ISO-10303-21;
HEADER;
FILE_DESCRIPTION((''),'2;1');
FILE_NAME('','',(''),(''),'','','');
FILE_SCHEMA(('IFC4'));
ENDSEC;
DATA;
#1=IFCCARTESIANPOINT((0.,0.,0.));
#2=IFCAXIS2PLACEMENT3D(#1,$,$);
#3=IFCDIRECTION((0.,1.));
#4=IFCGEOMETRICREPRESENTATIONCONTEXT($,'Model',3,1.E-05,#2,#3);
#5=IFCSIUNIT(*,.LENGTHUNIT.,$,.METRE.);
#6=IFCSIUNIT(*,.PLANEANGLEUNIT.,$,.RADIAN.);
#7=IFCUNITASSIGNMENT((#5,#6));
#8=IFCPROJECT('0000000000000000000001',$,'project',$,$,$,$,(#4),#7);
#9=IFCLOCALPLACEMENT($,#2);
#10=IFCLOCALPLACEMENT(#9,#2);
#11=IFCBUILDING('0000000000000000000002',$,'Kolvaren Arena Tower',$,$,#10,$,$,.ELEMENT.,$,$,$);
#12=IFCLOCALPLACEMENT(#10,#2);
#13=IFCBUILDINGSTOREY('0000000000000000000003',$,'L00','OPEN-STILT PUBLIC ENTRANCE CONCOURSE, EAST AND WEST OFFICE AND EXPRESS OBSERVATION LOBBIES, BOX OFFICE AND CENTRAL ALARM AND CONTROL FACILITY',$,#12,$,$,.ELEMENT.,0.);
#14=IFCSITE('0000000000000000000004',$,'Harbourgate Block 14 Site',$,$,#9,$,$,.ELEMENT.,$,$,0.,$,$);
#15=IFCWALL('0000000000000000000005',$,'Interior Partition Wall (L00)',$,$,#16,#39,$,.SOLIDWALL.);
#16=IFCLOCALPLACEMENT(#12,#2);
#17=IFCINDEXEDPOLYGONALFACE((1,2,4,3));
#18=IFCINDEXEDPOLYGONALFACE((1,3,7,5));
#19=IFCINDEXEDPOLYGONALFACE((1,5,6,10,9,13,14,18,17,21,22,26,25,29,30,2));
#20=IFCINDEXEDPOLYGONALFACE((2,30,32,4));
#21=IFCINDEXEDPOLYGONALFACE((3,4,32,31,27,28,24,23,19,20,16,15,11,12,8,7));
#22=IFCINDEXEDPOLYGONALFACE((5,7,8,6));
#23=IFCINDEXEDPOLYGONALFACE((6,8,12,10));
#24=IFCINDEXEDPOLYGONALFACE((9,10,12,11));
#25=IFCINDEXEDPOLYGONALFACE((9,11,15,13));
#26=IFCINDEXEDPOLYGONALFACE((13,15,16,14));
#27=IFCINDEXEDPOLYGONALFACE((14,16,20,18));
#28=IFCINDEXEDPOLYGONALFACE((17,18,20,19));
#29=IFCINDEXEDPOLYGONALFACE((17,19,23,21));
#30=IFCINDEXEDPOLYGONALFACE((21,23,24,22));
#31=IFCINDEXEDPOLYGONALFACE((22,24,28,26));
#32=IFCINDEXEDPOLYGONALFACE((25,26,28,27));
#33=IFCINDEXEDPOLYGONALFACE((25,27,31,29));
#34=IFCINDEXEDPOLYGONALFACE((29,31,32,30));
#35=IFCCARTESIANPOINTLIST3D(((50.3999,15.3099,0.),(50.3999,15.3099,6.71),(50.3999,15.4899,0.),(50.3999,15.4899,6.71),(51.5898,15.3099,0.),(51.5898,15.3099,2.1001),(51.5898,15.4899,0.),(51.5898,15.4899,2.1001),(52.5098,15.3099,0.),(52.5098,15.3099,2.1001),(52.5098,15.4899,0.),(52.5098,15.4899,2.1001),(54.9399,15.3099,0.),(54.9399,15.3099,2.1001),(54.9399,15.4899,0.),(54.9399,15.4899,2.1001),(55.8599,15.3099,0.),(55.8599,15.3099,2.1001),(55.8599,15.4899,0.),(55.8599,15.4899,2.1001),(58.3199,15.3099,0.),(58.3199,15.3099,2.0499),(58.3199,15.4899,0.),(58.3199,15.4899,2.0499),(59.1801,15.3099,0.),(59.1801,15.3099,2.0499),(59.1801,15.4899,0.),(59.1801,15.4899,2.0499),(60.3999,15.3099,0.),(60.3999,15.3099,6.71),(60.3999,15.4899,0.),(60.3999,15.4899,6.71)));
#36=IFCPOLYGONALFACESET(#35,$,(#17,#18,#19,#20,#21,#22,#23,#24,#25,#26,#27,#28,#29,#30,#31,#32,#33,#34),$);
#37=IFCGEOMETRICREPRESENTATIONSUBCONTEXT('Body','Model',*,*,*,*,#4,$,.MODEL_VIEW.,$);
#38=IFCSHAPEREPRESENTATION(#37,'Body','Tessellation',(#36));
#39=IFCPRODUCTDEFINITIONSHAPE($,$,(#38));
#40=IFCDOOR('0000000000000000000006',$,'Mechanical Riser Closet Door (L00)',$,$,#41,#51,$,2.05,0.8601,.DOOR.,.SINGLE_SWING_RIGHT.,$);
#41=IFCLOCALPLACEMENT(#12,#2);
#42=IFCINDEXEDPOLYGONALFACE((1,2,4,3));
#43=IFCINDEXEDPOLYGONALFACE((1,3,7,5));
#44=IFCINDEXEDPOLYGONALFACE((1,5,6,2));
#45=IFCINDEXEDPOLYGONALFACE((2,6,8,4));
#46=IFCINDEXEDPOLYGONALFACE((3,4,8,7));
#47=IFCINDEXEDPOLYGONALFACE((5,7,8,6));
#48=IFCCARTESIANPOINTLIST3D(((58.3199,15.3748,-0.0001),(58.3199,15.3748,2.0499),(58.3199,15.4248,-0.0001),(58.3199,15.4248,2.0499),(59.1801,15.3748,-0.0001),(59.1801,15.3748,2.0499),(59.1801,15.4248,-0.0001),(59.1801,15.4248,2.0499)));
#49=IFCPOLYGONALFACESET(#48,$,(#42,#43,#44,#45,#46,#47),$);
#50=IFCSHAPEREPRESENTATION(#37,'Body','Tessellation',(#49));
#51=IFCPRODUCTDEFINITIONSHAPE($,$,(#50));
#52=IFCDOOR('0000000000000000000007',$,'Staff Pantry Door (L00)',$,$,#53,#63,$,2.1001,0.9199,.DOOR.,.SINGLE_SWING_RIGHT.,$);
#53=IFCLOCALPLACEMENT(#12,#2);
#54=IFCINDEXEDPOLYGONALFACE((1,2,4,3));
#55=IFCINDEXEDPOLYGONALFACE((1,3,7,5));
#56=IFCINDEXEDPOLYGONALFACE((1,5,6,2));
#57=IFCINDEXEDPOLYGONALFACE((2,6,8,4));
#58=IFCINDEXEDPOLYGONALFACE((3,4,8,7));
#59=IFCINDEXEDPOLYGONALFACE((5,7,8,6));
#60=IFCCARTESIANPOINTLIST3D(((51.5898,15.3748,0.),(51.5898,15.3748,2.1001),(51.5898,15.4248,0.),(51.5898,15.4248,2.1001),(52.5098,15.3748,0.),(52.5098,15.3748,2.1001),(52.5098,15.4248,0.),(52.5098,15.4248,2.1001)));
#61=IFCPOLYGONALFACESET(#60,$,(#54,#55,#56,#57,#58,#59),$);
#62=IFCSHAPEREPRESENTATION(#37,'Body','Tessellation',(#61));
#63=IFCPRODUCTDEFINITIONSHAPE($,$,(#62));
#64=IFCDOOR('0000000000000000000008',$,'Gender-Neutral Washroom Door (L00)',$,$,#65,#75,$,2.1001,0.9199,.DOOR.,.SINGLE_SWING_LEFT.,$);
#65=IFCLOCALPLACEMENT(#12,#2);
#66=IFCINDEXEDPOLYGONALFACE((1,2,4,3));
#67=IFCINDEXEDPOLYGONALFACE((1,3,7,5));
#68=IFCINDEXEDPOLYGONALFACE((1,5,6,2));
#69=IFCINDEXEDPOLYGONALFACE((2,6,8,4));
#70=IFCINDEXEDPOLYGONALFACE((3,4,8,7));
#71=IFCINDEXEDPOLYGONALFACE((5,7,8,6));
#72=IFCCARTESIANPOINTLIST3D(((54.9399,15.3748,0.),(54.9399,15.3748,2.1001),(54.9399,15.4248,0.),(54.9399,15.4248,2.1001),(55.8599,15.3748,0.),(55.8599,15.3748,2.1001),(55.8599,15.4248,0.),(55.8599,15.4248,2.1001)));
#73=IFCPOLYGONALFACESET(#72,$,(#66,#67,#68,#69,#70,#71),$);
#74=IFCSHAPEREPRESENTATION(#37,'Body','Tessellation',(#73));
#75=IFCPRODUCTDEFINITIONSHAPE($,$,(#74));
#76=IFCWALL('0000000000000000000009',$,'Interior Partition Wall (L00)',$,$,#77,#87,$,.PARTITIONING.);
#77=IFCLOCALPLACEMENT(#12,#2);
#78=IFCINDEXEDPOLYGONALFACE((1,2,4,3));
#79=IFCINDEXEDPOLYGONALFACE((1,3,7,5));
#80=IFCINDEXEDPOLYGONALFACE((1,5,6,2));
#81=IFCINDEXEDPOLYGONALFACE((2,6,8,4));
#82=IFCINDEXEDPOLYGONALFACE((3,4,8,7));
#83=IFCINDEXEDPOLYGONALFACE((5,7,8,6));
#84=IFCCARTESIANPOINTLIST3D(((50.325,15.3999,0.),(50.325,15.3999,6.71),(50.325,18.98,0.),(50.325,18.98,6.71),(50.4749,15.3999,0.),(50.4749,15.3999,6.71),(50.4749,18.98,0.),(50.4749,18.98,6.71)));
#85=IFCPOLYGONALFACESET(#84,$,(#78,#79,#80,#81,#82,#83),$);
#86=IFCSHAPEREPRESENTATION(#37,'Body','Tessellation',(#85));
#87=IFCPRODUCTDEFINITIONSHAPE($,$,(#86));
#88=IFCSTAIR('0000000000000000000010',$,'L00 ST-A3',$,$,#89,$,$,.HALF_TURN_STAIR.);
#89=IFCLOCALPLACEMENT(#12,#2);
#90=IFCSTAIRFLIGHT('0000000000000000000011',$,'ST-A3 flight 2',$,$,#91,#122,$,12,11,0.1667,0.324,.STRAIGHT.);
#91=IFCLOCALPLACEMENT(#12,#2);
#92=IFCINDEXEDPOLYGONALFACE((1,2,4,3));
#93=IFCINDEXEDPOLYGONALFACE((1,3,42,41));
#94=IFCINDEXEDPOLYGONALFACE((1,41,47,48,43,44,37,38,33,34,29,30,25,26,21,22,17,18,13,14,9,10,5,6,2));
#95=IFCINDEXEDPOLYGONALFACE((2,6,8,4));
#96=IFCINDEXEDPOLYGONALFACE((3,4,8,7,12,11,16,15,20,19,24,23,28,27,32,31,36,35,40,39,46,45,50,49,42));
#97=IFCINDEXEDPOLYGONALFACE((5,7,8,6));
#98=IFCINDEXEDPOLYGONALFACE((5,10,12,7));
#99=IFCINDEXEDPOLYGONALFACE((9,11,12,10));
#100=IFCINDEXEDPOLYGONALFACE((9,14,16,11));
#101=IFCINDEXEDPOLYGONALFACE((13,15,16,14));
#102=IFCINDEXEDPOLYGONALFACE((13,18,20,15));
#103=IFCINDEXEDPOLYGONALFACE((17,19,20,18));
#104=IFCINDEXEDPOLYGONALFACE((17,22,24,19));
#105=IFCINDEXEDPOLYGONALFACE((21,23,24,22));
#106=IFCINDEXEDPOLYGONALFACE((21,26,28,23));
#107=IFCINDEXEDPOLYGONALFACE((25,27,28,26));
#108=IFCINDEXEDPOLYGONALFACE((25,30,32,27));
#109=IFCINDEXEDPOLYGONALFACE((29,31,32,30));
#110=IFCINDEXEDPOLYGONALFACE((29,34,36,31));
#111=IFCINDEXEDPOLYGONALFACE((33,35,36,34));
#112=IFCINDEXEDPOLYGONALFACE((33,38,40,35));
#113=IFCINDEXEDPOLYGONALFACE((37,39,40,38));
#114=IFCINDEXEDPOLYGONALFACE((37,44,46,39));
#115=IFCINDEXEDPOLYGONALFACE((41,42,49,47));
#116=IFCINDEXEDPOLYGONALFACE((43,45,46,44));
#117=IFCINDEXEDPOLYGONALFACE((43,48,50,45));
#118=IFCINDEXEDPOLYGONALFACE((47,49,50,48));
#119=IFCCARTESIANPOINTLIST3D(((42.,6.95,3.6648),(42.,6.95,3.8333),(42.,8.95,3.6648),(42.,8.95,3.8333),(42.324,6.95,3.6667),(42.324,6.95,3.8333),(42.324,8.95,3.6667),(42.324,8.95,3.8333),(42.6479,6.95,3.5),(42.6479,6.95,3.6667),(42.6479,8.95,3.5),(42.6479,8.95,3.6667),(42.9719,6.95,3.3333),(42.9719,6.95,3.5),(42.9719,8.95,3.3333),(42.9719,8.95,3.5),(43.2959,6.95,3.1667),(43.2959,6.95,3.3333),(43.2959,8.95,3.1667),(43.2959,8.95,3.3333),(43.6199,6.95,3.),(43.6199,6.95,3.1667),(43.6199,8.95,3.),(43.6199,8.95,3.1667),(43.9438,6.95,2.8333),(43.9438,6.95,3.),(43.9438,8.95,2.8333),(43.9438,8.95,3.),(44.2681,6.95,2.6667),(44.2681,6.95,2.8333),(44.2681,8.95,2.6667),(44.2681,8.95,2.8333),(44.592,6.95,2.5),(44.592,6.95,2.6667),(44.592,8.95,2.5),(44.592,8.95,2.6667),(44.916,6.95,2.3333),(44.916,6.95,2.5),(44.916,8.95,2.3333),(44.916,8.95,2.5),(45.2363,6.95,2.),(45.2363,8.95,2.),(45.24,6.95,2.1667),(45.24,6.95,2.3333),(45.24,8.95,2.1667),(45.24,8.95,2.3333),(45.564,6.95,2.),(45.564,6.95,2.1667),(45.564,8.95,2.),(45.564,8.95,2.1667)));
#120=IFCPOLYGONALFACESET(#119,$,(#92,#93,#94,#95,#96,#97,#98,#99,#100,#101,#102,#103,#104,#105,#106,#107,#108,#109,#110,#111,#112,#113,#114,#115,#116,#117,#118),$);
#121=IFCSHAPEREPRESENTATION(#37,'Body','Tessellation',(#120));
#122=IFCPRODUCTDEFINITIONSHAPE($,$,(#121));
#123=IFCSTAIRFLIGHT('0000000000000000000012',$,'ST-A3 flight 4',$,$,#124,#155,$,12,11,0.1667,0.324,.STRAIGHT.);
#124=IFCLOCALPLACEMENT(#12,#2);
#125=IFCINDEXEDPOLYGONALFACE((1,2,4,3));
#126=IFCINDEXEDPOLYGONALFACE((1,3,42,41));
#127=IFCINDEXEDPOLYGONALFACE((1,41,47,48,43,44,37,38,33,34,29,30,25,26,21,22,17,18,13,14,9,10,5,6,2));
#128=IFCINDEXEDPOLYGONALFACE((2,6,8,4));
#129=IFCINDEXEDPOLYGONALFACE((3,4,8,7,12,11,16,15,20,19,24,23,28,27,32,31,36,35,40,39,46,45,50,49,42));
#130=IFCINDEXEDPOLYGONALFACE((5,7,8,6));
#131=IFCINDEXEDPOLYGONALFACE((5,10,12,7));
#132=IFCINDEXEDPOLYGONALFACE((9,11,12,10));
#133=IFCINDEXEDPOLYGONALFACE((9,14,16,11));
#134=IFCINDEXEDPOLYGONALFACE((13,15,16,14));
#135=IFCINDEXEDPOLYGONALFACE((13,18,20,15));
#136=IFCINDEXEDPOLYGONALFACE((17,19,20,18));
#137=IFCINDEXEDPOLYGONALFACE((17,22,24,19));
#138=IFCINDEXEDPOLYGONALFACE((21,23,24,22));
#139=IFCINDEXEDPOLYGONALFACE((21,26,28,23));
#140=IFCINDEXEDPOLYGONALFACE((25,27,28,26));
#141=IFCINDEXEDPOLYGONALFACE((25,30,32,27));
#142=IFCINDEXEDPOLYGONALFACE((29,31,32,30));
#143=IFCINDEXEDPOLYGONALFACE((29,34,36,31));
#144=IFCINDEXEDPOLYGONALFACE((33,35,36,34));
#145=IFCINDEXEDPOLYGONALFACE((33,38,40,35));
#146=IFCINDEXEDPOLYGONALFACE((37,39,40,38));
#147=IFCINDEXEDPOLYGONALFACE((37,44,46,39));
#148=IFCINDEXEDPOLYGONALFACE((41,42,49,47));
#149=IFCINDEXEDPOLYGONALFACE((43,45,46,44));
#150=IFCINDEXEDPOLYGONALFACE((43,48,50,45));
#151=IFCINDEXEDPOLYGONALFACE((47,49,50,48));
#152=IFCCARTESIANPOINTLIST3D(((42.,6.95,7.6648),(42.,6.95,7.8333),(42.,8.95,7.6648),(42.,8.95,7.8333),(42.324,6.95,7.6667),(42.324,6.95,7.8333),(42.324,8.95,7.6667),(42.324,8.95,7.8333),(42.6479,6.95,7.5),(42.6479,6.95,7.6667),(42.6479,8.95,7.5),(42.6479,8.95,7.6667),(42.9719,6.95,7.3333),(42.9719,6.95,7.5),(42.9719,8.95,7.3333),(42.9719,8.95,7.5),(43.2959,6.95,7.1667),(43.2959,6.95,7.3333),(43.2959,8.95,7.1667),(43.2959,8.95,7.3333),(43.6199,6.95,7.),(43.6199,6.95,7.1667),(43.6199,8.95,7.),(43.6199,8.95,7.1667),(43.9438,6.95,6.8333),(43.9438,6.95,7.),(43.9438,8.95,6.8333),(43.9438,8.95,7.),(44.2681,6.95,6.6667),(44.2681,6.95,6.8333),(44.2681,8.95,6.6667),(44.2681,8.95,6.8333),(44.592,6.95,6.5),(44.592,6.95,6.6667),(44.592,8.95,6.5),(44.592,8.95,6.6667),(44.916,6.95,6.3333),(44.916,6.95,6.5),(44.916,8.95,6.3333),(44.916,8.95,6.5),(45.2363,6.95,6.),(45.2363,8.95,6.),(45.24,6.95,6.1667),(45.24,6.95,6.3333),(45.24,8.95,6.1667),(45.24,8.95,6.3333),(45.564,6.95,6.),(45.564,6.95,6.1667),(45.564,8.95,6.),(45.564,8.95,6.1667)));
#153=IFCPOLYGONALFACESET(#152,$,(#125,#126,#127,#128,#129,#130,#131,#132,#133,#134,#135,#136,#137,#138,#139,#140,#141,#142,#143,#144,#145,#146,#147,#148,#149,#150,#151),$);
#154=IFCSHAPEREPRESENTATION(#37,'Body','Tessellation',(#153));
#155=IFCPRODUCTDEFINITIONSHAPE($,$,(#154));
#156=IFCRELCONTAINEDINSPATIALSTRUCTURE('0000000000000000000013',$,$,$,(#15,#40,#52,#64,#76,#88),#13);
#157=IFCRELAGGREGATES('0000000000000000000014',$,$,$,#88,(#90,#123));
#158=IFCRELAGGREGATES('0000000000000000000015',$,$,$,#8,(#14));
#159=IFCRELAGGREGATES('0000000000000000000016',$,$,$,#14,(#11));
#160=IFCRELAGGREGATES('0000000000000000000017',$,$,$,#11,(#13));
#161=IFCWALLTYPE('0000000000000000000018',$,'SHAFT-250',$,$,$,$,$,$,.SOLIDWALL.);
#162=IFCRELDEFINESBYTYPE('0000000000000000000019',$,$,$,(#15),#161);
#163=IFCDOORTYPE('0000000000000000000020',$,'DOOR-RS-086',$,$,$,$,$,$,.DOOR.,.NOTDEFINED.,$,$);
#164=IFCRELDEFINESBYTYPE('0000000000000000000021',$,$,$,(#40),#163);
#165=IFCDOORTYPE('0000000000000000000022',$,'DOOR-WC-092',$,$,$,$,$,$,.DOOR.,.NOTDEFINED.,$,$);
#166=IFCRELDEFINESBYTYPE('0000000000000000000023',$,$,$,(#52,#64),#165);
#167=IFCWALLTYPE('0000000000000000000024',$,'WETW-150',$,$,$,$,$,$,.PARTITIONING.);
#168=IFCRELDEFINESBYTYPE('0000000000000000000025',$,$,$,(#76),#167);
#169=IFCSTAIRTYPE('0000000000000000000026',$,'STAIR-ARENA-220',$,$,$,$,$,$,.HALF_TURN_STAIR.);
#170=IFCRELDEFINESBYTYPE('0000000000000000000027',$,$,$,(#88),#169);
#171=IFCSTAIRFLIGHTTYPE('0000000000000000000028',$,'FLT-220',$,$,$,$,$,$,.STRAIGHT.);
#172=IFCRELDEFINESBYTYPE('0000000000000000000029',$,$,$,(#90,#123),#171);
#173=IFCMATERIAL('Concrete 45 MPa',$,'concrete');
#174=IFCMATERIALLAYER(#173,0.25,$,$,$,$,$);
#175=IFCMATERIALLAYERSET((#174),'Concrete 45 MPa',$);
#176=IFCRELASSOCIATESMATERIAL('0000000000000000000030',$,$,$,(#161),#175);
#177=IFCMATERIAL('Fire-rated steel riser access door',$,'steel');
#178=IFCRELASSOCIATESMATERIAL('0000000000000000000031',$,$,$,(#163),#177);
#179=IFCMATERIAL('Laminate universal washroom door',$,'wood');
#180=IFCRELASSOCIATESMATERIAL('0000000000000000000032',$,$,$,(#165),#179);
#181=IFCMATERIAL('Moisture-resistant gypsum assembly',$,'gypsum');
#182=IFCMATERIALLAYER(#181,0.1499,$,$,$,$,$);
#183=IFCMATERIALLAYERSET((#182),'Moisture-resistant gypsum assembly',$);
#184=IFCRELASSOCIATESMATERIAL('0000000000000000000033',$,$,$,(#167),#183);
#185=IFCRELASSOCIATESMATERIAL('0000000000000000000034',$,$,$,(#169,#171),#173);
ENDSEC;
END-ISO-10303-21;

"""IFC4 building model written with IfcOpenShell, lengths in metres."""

from ifc_helpers import new_model, si_unit, direction, frame, frame_2d, origin, place, context, subcontext, project, spatial, polyline, rectangle, outline, extrude, material, layer, layer_set, type_object, element, fill, aggregate, save


model = new_model("IFC4")

# Units and contexts
model_context = context("Model", 3, precision=1e-05, world=origin(), true_north=direction((0.0, 1.0)))
body_context = subcontext(model_context, "Body", "Model", "MODEL_VIEW")
ifc_project = project(units=[si_unit("LENGTHUNIT", "METRE"), si_unit("PLANEANGLEUNIT", "RADIAN")], contexts=[model_context])

# Site, building, storey
site_placement = place(None, origin())
site = spatial("IfcSite", under=ifc_project, at=site_placement, Name="Harbourgate Block 14 Site", CompositionType="ELEMENT", RefElevation=0.0)
building_placement = place(site_placement, origin())
building = spatial("IfcBuilding", under=site, at=building_placement, Name="Kolvaren Arena Tower", CompositionType="ELEMENT")
storey_placement = place(building_placement, origin())
storey = spatial("IfcBuildingStorey", under=building, at=storey_placement, Name="L00", Description="OPEN-STILT PUBLIC ENTRANCE CONCOURSE, EAST AND WEST OFFICE AND EXPRESS OBSERVATION LOBBIES, BOX OFFICE AND CENTRAL ALARM AND CONTROL FACILITY", CompositionType="ELEMENT", Elevation=0.0)

# Shared definitions
ifc_material_1 = material(Name="Concrete 45 MPa", Category="concrete")
ifc_layer_1 = layer(ifc_material_1, 0.25)
ifc_layer_set_1 = layer_set([ifc_layer_1], Name="Concrete 45 MPa")
wall_type_1 = type_object("IfcWallType", Name="SHAFT-250", PredefinedType="SOLIDWALL", material=ifc_layer_set_1)

# Wall, openings, doors
wall_1_placement = place(storey_placement, frame((50.3999, 15.3999, 0.0), z_axis=(0.0, 0.0, 1.0), x_axis=(1.0, 0.0, 0.0)))
wall_1 = element("IfcWall", 1, at=wall_1_placement, inside=storey, type_object=wall_type_1, Name="Interior Partition Wall (L00)", PredefinedType="SOLIDWALL", context=body_context, shape_type="SweptSolid", body=[
    extrude(rectangle(XDim=10.0, YDim=0.1799, at=frame_2d((5.0, 0.0))), origin(), (0.0, 0.0, 1.0), 6.71),
])
opening_1_placement = place(wall_1_placement, frame((1.1899, 0.0, 0.0)))
opening_1 = element("IfcOpeningElement", 2, at=opening_1_placement, cuts=wall_1, PredefinedType="OPENING", context=body_context, shape_type="SweptSolid", body=[
    extrude(rectangle(XDim=0.9199, YDim=2.1001, at=frame_2d((0.46, 1.05))), frame((0.0, 0.0999, 0.0), z_axis=(0.0, -1.0, 0.0), x_axis=(1.0, 0.0, 0.0)), (0.0, 0.0, 1.0), 0.2),
])
opening_2_placement = place(wall_1_placement, frame((4.54, 0.0, 0.0)))
opening_2 = element("IfcOpeningElement", 3, at=opening_2_placement, cuts=wall_1, PredefinedType="OPENING", context=body_context, shape_type="SweptSolid", body=[
    extrude(rectangle(XDim=0.9199, YDim=2.1001, at=frame_2d((0.46, 1.05))), frame((0.0, 0.0999, 0.0), z_axis=(0.0, -1.0, 0.0), x_axis=(1.0, 0.0, 0.0)), (0.0, 0.0, 1.0), 0.2),
])
opening_3_placement = place(wall_1_placement, frame((7.9199, 0.0, 0.0)))
opening_3 = element("IfcOpeningElement", 4, at=opening_3_placement, cuts=wall_1, PredefinedType="OPENING", context=body_context, shape_type="SweptSolid", body=[
    extrude(rectangle(XDim=0.8601, YDim=2.05, at=frame_2d((0.4302, 1.0249))), frame((0.0, 0.0999, 0.0), z_axis=(0.0, -1.0, 0.0), x_axis=(1.0, 0.0, 0.0)), (0.0, 0.0, 1.0), 0.2),
])
ifc_material_2 = material(Name="Fire-rated steel riser access door", Category="steel")
door_type_1 = type_object("IfcDoorType", Name="DOOR-RS-086", OperationType="NOTDEFINED", PredefinedType="DOOR", material=ifc_material_2)
door_1_placement = place(opening_3_placement, origin())
door_1 = element("IfcDoor", 5, at=door_1_placement, inside=storey, type_object=door_type_1, Name="Mechanical Riser Closet Door (L00)", OperationType="SINGLE_SWING_RIGHT", OverallHeight=2.05, OverallWidth=0.8601, PredefinedType="DOOR", context=body_context, shape_type="SweptSolid", body=[
    extrude(rectangle(XDim=0.8601, YDim=2.05, at=frame_2d((0.4302, 1.0249))), frame((0.0, 0.0249, 0.0), z_axis=(0.0, -1.0, 0.0), x_axis=(1.0, 0.0, 0.0)), (0.0, 0.0, 1.0), 0.05),
])
fill(opening_3, door_1)
ifc_material_3 = material(Name="Laminate universal washroom door", Category="wood")
door_type_2 = type_object("IfcDoorType", Name="DOOR-WC-092", OperationType="NOTDEFINED", PredefinedType="DOOR", material=ifc_material_3)
door_2_placement = place(opening_1_placement, origin())
door_2 = element("IfcDoor", 6, at=door_2_placement, inside=storey, type_object=door_type_2, Name="Staff Pantry Door (L00)", OperationType="SINGLE_SWING_RIGHT", OverallHeight=2.1001, OverallWidth=0.9199, PredefinedType="DOOR", context=body_context, shape_type="SweptSolid", body=[
    extrude(rectangle(XDim=0.9199, YDim=2.1001, at=frame_2d((0.46, 1.05))), frame((0.0, 0.0249, 0.0), z_axis=(0.0, -1.0, 0.0), x_axis=(1.0, 0.0, 0.0)), (0.0, 0.0, 1.0), 0.05),
])
fill(opening_1, door_2)
door_3_placement = place(opening_2_placement, origin())
door_3 = element("IfcDoor", 7, at=door_3_placement, inside=storey, type_object=door_type_2, Name="Gender-Neutral Washroom Door (L00)", OperationType="SINGLE_SWING_LEFT", OverallHeight=2.1001, OverallWidth=0.9199, PredefinedType="DOOR", context=body_context, shape_type="SweptSolid", body=[
    extrude(rectangle(XDim=0.9199, YDim=2.1001, at=frame_2d((0.46, 1.05))), frame((0.0, 0.0249, 0.0), z_axis=(0.0, -1.0, 0.0), x_axis=(1.0, 0.0, 0.0)), (0.0, 0.0, 1.0), 0.05),
])
fill(opening_2, door_3)

# Wall
ifc_material_4 = material(Name="Moisture-resistant gypsum assembly", Category="gypsum")
ifc_layer_2 = layer(ifc_material_4, 0.1499)
ifc_layer_set_2 = layer_set([ifc_layer_2], Name="Moisture-resistant gypsum assembly")
wall_type_2 = type_object("IfcWallType", Name="WETW-150", PredefinedType="PARTITIONING", material=ifc_layer_set_2)
wall_2_placement = place(storey_placement, frame((50.3999, 15.3999, 0.0), z_axis=(0.0, 0.0, 1.0), x_axis=(0.0, 1.0, 0.0)))
element("IfcWall", 8, at=wall_2_placement, inside=storey, type_object=wall_type_2, Name="Interior Partition Wall (L00)", PredefinedType="PARTITIONING", context=body_context, shape_type="SweptSolid", body=[
    extrude(rectangle(XDim=3.5801, YDim=0.1499, at=frame_2d((1.79, 0.0))), origin(), (0.0, 0.0, 1.0), 6.71),
])

# Stair, stair flights
stair_type = type_object("IfcStairType", Name="STAIR-ARENA-220", PredefinedType="HALF_TURN_STAIR", material=ifc_material_1)
stair_placement = place(storey_placement, origin())
stair = element("IfcStair", 9, at=stair_placement, inside=storey, type_object=stair_type, Name="L00 ST-A3", PredefinedType="HALF_TURN_STAIR")
stair_flight_type = type_object("IfcStairFlightType", Name="FLT-220", PredefinedType="STRAIGHT", material=ifc_material_1)
stair_flight_1_placement = place(storey_placement, frame((45.564, 7.95, 2.0), z_axis=(0.0, 0.0, 1.0), x_axis=(-1.0, 0.0, 0.0)))
stair_flight_1 = element("IfcStairFlight", 10, at=stair_flight_1_placement, type_object=stair_flight_type, Name="ST-A3 flight 2", NumberOfRisers=12, NumberOfTreads=11, PredefinedType="STRAIGHT", RiserHeight=0.1667, TreadLength=0.324, context=body_context, shape_type="SweptSolid", body=[
    extrude(outline(polyline([(0.0, 0.0), (0.0, 0.1667), (0.324, 0.1667), (0.324, 0.3333), (0.6479, 0.3333), (0.6479, 0.5), (0.9719, 0.5), (0.9719, 0.6667), (1.2959, 0.6667), (1.2959, 0.8333), (1.6201, 0.8333), (1.6201, 1.0), (1.9441, 1.0), (1.9441, 1.1667), (2.2681, 1.1667), (2.2681, 1.3333), (2.592, 1.3333), (2.592, 1.5), (2.916, 1.5), (2.916, 1.6667), (3.24, 1.6667), (3.24, 1.8333), (3.564, 1.8333), (3.564, 2.0), (3.564, 1.6648), (0.3276, 0.0), (0.0, 0.0)])), frame((0.0, 1.0, 0.0), z_axis=(0.0, -1.0, 0.0), x_axis=(1.0, 0.0, 0.0)), (0.0, 0.0, 1.0), 2.0),
])
stair_flight_2_placement = place(storey_placement, frame((45.564, 7.95, 6.0), z_axis=(0.0, 0.0, 1.0), x_axis=(-1.0, 0.0, 0.0)))
stair_flight_2 = element("IfcStairFlight", 11, at=stair_flight_2_placement, type_object=stair_flight_type, Name="ST-A3 flight 4", NumberOfRisers=12, NumberOfTreads=11, PredefinedType="STRAIGHT", RiserHeight=0.1667, TreadLength=0.324, context=body_context, shape_type="SweptSolid", body=[
    extrude(outline(polyline([(0.0, 0.0), (0.0, 0.1667), (0.324, 0.1667), (0.324, 0.3333), (0.6479, 0.3333), (0.6479, 0.5), (0.9719, 0.5), (0.9719, 0.6667), (1.2959, 0.6667), (1.2959, 0.8333), (1.6201, 0.8333), (1.6201, 1.0), (1.9441, 1.0), (1.9441, 1.1667), (2.2681, 1.1667), (2.2681, 1.3333), (2.592, 1.3333), (2.592, 1.5), (2.916, 1.5), (2.916, 1.6667), (3.24, 1.6667), (3.24, 1.8333), (3.564, 1.8333), (3.564, 2.0), (3.564, 1.6648), (0.3276, 0.0), (0.0, 0.0)])), frame((0.0, 1.0, 0.0), z_axis=(0.0, -1.0, 0.0), x_axis=(1.0, 0.0, 0.0)), (0.0, 0.0, 1.0), 2.0),
])
aggregate(stair, [stair_flight_1, stair_flight_2])

save(model, "model.ifc")
